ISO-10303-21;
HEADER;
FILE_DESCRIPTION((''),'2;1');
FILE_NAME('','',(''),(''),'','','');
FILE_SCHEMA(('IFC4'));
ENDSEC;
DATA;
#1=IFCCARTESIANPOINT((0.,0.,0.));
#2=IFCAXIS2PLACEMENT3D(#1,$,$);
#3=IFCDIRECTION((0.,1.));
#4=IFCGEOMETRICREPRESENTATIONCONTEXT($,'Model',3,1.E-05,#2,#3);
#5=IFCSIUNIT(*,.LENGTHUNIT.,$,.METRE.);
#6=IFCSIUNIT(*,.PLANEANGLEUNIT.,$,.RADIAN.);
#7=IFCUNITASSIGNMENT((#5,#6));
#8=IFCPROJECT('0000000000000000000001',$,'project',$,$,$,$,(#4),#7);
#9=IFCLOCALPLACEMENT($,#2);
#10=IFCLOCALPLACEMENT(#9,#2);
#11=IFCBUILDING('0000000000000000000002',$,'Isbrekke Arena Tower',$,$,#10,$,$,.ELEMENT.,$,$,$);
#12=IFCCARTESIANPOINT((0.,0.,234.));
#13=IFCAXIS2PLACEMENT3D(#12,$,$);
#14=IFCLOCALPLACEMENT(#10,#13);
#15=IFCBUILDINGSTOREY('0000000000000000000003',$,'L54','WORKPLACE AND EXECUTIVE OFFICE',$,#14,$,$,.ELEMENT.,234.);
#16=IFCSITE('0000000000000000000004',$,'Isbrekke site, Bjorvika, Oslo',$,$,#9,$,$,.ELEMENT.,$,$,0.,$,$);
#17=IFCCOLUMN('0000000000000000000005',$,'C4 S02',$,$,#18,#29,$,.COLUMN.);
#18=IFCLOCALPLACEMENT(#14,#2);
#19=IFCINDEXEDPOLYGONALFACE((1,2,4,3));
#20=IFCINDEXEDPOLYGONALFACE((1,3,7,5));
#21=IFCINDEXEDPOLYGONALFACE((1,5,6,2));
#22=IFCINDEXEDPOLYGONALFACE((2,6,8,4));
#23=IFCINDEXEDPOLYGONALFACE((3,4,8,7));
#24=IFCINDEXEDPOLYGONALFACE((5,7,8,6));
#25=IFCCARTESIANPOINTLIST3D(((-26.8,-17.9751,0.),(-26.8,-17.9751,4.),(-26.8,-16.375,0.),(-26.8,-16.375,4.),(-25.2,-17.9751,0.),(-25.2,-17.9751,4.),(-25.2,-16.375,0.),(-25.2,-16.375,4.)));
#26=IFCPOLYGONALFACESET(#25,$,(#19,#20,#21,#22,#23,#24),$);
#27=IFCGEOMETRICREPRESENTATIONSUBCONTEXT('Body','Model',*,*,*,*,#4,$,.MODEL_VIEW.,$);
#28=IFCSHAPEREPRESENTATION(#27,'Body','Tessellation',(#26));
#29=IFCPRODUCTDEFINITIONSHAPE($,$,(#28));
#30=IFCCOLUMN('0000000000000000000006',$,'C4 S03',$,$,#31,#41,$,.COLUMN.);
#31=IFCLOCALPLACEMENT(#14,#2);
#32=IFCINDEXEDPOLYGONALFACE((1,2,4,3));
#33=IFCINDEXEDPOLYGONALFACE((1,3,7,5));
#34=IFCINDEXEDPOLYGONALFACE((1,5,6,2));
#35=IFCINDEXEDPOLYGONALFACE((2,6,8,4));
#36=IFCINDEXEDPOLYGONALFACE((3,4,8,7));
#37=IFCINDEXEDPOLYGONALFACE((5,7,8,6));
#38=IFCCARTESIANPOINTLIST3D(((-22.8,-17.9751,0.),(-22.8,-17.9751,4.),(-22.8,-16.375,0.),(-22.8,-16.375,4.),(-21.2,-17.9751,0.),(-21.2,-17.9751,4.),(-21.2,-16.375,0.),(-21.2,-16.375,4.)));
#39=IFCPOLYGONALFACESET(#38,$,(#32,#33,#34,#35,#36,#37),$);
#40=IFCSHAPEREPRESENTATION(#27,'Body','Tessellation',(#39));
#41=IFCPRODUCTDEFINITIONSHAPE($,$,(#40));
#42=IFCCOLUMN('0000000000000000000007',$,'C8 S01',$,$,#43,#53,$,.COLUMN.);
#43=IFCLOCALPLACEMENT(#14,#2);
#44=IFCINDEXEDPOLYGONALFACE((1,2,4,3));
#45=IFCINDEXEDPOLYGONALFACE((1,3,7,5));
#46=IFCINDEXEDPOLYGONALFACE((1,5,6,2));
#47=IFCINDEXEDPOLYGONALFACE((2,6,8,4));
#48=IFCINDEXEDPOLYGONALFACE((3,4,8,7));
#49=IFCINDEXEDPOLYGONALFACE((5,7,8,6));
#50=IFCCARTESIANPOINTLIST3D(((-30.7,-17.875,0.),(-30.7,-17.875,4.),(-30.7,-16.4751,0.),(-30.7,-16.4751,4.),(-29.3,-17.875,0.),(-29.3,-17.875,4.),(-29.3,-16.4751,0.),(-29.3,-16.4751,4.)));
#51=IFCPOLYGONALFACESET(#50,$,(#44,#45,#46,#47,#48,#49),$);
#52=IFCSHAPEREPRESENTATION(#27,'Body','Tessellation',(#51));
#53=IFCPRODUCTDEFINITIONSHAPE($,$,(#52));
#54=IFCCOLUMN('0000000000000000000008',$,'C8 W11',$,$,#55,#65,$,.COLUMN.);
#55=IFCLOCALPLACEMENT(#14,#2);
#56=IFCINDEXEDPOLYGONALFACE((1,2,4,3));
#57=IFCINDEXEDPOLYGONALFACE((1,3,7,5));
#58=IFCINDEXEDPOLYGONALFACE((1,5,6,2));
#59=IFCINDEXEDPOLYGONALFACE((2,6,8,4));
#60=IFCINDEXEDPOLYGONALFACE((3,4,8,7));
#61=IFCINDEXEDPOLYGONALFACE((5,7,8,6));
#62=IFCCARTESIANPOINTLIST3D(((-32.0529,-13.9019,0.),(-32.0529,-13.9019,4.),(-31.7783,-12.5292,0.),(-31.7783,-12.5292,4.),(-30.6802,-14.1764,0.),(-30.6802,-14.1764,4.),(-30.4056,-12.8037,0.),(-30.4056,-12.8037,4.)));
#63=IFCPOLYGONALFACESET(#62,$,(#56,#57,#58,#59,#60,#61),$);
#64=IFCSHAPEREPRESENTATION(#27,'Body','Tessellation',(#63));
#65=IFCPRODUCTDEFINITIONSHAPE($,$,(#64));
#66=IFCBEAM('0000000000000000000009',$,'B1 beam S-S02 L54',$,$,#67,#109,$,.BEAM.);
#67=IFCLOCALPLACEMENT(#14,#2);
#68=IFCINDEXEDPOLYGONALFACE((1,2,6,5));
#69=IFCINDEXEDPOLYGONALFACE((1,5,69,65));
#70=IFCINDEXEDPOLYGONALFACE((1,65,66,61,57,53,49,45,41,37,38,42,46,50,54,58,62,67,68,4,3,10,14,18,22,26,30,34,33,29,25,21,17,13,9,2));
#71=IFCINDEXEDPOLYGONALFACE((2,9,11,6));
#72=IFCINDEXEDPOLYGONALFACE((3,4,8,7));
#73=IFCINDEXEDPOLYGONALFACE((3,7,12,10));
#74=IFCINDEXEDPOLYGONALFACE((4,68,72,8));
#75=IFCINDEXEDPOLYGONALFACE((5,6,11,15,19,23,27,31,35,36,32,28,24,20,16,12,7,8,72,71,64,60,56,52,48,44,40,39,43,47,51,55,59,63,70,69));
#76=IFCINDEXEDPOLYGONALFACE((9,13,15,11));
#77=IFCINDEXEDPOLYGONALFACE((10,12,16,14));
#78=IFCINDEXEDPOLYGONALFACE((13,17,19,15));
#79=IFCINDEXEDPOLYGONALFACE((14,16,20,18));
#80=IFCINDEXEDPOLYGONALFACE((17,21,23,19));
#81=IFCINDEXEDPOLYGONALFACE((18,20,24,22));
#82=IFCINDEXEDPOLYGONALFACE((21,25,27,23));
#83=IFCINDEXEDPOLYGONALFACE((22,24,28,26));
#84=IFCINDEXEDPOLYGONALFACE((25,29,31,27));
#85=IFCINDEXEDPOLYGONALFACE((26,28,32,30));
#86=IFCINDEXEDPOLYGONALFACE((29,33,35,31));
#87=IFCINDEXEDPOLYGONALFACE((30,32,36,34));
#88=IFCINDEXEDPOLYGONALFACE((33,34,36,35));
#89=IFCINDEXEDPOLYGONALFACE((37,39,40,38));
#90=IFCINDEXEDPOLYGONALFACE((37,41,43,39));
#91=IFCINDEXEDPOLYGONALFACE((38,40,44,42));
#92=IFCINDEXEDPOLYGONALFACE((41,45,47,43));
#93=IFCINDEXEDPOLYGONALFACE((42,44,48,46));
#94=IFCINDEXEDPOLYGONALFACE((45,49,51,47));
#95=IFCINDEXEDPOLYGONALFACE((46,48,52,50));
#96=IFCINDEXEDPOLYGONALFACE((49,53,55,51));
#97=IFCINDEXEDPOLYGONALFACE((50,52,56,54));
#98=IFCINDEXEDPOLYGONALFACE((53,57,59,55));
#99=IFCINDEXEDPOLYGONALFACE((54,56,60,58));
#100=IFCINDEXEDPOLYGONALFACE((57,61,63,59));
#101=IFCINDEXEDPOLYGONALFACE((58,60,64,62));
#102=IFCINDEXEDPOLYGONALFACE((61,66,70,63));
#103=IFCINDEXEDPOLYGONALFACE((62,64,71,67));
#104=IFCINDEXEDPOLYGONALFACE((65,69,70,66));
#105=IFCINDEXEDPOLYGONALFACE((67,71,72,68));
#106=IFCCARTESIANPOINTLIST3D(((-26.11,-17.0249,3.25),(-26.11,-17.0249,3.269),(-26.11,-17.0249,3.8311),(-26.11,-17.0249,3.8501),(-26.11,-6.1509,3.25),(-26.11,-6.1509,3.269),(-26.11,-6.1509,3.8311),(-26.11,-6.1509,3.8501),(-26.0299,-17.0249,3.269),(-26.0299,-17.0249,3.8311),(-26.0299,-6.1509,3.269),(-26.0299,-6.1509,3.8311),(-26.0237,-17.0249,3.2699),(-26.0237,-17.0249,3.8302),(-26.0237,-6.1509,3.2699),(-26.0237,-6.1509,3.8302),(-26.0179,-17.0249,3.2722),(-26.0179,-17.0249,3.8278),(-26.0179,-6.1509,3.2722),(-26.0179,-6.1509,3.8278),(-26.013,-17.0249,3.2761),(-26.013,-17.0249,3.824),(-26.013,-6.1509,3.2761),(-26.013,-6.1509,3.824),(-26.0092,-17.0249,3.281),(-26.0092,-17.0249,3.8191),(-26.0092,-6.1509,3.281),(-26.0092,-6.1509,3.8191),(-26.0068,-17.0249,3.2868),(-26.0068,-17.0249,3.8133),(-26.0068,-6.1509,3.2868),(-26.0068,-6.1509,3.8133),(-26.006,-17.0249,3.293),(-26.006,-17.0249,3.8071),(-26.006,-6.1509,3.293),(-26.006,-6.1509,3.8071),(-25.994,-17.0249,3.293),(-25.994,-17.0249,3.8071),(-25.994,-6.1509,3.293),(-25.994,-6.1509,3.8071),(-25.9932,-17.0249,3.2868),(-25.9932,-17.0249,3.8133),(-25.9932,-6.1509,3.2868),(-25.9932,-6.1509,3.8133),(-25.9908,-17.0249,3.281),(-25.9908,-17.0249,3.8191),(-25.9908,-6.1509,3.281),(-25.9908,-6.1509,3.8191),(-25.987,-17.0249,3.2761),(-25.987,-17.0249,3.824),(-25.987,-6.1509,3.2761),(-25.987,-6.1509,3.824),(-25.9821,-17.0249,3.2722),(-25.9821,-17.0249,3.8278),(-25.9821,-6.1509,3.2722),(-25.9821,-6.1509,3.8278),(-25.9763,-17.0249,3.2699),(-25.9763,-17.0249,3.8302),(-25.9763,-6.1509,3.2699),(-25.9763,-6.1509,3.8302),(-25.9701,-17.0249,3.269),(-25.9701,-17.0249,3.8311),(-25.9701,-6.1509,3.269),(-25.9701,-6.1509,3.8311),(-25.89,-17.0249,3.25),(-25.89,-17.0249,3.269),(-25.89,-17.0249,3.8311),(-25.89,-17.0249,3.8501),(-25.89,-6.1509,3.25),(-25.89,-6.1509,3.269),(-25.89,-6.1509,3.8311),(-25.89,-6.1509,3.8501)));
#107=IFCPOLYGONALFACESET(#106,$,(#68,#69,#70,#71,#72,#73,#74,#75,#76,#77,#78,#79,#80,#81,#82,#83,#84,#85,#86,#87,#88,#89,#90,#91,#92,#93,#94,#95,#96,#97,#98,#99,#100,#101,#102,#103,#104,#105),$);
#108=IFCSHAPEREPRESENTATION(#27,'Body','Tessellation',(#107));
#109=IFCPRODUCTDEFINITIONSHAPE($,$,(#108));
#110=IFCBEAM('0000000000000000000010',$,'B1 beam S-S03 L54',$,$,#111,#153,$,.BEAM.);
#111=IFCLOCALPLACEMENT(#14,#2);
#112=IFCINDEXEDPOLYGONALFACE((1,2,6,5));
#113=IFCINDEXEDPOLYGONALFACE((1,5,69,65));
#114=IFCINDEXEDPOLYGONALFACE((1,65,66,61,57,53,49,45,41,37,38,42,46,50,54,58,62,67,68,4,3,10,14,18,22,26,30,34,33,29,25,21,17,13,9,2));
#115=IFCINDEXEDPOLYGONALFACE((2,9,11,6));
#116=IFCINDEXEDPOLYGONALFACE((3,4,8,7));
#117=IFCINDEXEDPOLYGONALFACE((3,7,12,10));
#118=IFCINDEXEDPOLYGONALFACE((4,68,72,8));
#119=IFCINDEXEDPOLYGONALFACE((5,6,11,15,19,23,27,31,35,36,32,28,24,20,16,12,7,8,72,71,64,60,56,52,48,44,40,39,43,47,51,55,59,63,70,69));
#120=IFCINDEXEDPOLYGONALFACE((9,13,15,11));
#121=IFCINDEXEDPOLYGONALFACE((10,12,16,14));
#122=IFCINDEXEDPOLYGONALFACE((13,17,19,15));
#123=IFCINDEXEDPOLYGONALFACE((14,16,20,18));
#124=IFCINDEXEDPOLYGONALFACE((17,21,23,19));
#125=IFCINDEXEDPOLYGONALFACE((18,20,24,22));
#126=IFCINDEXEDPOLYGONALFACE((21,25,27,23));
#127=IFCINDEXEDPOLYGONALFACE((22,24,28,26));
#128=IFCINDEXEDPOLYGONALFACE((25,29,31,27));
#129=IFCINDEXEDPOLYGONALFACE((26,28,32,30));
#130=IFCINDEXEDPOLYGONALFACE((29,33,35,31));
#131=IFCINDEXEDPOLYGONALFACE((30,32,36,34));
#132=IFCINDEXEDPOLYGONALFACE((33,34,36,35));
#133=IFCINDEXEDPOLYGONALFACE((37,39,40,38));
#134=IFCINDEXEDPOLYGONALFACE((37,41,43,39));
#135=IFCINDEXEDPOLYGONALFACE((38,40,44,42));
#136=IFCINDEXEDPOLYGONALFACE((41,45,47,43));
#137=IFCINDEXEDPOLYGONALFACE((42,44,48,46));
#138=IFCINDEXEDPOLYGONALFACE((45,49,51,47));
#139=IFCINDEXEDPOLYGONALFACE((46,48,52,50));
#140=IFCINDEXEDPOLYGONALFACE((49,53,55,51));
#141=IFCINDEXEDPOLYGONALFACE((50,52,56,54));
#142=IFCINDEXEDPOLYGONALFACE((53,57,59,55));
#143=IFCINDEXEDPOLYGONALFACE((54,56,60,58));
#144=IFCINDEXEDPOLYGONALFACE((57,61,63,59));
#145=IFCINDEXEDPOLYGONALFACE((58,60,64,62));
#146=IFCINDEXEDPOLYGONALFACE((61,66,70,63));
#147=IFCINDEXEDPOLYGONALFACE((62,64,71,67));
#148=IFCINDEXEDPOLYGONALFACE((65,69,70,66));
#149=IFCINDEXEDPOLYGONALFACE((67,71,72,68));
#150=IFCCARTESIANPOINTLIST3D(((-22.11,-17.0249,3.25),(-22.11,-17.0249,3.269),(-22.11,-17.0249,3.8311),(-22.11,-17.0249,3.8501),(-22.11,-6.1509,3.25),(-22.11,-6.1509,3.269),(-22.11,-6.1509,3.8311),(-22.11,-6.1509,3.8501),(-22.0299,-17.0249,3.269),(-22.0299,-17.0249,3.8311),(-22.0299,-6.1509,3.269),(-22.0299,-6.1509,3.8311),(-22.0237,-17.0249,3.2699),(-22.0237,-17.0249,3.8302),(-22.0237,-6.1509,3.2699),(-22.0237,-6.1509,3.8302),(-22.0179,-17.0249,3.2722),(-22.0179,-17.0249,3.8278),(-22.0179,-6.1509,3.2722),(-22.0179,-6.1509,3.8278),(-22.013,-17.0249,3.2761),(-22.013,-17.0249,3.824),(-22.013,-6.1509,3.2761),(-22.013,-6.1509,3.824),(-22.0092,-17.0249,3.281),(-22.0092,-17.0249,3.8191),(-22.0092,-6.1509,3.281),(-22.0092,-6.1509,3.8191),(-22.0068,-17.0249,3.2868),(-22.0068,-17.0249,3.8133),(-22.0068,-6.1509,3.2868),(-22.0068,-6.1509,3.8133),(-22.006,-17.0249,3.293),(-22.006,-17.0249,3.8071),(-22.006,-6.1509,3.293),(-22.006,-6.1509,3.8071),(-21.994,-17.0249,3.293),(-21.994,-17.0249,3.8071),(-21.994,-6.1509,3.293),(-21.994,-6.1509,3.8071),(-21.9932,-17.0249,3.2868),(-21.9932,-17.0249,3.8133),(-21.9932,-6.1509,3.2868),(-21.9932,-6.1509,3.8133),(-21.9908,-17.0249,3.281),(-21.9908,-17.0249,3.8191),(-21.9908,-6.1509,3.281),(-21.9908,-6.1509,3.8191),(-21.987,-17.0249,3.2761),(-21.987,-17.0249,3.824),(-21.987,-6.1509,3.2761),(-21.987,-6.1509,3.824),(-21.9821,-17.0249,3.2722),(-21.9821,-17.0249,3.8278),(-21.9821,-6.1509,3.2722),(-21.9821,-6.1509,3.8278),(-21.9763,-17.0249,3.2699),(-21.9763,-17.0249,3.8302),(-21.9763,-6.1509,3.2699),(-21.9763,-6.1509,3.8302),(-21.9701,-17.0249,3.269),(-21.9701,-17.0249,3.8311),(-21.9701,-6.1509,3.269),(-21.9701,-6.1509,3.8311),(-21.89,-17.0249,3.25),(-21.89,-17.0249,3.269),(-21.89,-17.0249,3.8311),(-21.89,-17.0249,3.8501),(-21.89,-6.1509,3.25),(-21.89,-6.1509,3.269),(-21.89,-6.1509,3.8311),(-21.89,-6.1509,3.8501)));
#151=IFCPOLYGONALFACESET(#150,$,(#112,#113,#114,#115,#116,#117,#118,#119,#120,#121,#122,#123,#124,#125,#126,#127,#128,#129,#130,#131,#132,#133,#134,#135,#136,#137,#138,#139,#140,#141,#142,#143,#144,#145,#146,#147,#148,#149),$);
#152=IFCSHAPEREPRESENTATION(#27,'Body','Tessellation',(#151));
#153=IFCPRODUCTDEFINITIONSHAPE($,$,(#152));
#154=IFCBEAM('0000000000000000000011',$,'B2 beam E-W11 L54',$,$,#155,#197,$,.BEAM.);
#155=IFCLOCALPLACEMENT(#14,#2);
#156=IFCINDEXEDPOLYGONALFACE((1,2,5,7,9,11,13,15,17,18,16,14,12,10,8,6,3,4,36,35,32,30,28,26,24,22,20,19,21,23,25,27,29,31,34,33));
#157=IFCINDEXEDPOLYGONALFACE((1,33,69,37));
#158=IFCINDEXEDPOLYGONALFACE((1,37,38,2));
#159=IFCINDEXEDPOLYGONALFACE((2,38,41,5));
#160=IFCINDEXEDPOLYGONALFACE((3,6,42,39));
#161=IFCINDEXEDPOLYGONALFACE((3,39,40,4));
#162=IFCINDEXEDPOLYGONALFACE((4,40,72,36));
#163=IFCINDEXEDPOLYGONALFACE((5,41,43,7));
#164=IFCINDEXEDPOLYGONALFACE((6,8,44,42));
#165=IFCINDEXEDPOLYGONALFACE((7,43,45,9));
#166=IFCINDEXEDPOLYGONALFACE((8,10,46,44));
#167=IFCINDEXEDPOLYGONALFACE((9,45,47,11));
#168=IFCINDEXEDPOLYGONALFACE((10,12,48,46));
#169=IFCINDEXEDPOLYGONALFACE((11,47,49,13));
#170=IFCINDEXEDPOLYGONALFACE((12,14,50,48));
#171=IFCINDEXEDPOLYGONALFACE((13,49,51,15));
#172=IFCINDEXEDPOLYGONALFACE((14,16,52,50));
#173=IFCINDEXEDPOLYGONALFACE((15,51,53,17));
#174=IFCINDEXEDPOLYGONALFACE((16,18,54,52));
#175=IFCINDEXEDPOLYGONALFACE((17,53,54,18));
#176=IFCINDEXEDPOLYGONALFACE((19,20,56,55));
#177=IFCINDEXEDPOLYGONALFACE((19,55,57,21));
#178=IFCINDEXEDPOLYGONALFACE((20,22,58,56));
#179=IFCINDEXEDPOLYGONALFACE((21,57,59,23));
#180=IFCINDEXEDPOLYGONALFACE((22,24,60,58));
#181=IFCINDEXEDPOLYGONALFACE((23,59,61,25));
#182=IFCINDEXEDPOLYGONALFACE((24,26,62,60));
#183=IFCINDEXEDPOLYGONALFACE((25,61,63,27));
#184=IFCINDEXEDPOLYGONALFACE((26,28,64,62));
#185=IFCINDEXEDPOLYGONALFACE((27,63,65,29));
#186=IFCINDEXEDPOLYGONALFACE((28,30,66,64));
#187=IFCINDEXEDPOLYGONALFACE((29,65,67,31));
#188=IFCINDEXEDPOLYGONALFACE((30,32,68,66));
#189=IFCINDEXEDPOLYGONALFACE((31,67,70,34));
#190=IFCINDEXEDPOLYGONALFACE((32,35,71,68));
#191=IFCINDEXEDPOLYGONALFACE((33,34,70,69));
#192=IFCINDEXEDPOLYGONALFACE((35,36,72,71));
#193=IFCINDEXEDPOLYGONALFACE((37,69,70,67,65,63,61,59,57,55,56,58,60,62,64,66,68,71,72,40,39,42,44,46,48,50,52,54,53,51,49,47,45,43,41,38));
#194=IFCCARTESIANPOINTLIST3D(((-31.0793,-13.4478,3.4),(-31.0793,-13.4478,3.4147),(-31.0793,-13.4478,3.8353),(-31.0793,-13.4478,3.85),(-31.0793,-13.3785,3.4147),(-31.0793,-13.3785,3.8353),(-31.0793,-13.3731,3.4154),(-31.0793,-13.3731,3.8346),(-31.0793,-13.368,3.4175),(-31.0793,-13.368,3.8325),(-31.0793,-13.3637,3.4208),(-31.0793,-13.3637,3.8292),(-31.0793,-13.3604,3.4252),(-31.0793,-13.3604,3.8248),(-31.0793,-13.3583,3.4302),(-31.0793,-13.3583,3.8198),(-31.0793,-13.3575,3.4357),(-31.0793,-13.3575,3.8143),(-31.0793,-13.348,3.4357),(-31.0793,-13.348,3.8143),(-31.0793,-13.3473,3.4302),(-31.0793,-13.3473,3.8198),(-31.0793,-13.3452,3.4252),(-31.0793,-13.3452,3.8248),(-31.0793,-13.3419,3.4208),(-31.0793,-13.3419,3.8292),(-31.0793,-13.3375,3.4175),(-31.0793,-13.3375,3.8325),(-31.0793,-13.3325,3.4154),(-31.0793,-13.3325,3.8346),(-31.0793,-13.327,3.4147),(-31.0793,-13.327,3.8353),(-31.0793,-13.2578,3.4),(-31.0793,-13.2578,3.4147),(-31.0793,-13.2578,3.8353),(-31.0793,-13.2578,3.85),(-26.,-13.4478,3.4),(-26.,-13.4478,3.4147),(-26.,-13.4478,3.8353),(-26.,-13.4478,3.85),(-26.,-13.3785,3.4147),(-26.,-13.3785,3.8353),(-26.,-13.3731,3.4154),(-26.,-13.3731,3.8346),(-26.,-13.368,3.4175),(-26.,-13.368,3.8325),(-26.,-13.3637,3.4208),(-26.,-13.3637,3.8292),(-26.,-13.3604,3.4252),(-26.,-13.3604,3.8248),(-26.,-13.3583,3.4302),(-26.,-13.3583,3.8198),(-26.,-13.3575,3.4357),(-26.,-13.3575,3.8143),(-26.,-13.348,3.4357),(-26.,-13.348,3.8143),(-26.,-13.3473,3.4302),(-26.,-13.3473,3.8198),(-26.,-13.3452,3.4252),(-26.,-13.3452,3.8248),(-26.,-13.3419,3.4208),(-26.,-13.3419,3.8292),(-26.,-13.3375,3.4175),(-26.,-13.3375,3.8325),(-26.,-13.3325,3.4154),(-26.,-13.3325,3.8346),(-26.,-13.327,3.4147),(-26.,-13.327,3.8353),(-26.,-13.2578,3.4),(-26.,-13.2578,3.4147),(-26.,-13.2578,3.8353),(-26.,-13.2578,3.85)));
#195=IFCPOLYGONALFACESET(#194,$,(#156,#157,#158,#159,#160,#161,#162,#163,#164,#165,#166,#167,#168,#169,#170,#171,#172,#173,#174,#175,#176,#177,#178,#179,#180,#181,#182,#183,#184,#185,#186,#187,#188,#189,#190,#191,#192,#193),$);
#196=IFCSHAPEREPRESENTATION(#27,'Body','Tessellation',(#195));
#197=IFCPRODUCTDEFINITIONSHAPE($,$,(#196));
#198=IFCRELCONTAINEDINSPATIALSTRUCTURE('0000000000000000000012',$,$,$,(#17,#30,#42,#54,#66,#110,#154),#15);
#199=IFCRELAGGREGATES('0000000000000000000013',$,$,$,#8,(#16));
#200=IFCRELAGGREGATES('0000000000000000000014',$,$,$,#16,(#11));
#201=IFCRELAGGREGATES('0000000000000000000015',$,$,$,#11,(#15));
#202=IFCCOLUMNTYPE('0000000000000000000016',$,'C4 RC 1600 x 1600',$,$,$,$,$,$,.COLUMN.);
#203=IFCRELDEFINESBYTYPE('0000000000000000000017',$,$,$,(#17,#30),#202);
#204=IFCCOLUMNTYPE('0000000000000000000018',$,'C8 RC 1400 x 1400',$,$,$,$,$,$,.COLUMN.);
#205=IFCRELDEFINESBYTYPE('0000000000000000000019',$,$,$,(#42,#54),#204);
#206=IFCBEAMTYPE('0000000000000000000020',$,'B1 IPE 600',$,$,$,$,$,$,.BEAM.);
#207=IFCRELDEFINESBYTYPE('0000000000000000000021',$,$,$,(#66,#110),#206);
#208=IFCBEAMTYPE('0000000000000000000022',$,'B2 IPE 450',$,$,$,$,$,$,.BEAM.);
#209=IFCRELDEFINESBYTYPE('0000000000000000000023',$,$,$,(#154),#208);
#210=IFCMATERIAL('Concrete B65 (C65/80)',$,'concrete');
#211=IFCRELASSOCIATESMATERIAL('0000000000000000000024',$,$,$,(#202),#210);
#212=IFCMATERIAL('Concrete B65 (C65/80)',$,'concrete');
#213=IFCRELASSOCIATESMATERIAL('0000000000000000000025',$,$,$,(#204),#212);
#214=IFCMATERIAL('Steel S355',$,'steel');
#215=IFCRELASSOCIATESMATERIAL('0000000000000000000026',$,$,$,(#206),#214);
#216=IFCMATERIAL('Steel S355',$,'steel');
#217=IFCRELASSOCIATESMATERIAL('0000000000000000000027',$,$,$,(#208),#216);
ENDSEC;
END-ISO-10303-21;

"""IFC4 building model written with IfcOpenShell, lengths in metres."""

from ifc_helpers import new_model, si_unit, direction, frame, origin, origin_2d, place, context, subcontext, project, spatial, rectangle, i_section, extrude, material, material_profile, profile_set, type_object, element, save


model = new_model("IFC4")

# Units and contexts
model_context = context("Model", 3, precision=1e-05, world=origin(), true_north=direction((0.0, 1.0)))
body_context = subcontext(model_context, "Body", "Model", "MODEL_VIEW")
ifc_project = project(units=[si_unit("LENGTHUNIT", "METRE"), si_unit("PLANEANGLEUNIT", "RADIAN")], contexts=[model_context])

# Site, building, storey
site_placement = place(None, origin())
site = spatial("IfcSite", under=ifc_project, at=site_placement, Name="Isbrekke site, Bjorvika, Oslo", CompositionType="ELEMENT", RefElevation=0.0)
building_placement = place(site_placement, origin())
building = spatial("IfcBuilding", under=site, at=building_placement, Name="Isbrekke Arena Tower", CompositionType="ELEMENT")
storey_placement = place(building_placement, frame((0.0, 0.0, 234.0)))
storey = spatial("IfcBuildingStorey", under=building, at=storey_placement, Name="L54", Description="WORKPLACE AND EXECUTIVE OFFICE", CompositionType="ELEMENT", Elevation=234.0)

# Columns
ifc_material_1 = material(Name="Concrete B65 (C65/80)", Category="concrete")
ifc_material_profile_1 = material_profile(ifc_material_1, rectangle(XDim=1.6001, YDim=1.6001, at=origin_2d()), Name="RC 1600x1600")
ifc_profile_set_1 = profile_set([ifc_material_profile_1], Name="Concrete B65 (C65/80)")
column_type_1 = type_object("IfcColumnType", Name="C4 RC 1600 x 1600", PredefinedType="COLUMN", material=ifc_profile_set_1)
for number, where, z_axis, x_axis, name in (
    (1, (-26.0, -17.175, 0.0), (0.0, 0.0, 1.0), (1.0, 0.0, 0.0), "C4 S02"),
    (2, (-22.0, -17.175, 0.0), (0.0, 0.0, 1.0), (1.0, 0.0, 0.0), "C4 S03"),
):
    element("IfcColumn", number, at=place(storey_placement, frame(where, z_axis=z_axis, x_axis=x_axis)), inside=storey, type_object=column_type_1, Name=name, PredefinedType="COLUMN", context=body_context, shape_type="SweptSolid", body=[
        extrude(rectangle(XDim=1.6001, YDim=1.6001, at=origin_2d()), origin(), (0.0, 0.0, 1.0), 4.0),
    ])
ifc_material_2 = material(Name="Concrete B65 (C65/80)", Category="concrete")
ifc_material_profile_2 = material_profile(ifc_material_2, rectangle(XDim=1.3999, YDim=1.3999, at=origin_2d()), Name="RC 1400x1400")
ifc_profile_set_2 = profile_set([ifc_material_profile_2], Name="Concrete B65 (C65/80)")
column_type_2 = type_object("IfcColumnType", Name="C8 RC 1400 x 1400", PredefinedType="COLUMN", material=ifc_profile_set_2)
for number, where, z_axis, x_axis, name in (
    (3, (-30.0, -17.175, 0.0), (0.0, 0.0, 1.0), (1.0, 0.0, 0.0), "C8 S01"),
    (4, (-31.2292, -13.3528, 0.0), (0.0, 0.0, 1.0), (-0.196116, -0.980581, 0.0), "C8 W11"),
):
    element("IfcColumn", number, at=place(storey_placement, frame(where, z_axis=z_axis, x_axis=x_axis)), inside=storey, type_object=column_type_2, Name=name, PredefinedType="COLUMN", context=body_context, shape_type="SweptSolid", body=[
        extrude(rectangle(XDim=1.3999, YDim=1.3999, at=origin_2d()), origin(), (0.0, 0.0, 1.0), 4.0),
    ])

# Beams
ifc_material_3 = material(Name="Steel S355", Category="steel")
ifc_material_profile_3 = material_profile(ifc_material_3, i_section(OverallWidth=0.22, OverallDepth=0.6001, WebThickness=0.012, FlangeThickness=0.019, FilletRadius=0.0239, at=origin_2d()), Name="IPE 600")
ifc_profile_set_3 = profile_set([ifc_material_profile_3], Name="Steel S355")
beam_type_1 = type_object("IfcBeamType", Name="B1 IPE 600", PredefinedType="BEAM", material=ifc_profile_set_3)
for number, where, z_axis, x_axis, name in (
    (5, (-26.0, -17.0249, 3.55), (0.0, 1.0, 0.0), (-1.0, 0.0, 0.0), "B1 beam S-S02 L54"),
    (6, (-22.0, -17.0249, 3.55), (0.0, 1.0, 0.0), (-1.0, 0.0, 0.0), "B1 beam S-S03 L54"),
):
    element("IfcBeam", number, at=place(storey_placement, frame(where, z_axis=z_axis, x_axis=x_axis)), inside=storey, type_object=beam_type_1, Name=name, PredefinedType="BEAM", context=body_context, shape_type="SweptSolid", body=[
        extrude(i_section(OverallWidth=0.22, OverallDepth=0.6001, WebThickness=0.012, FlangeThickness=0.019, FilletRadius=0.0239, at=origin_2d()), origin(), (0.0, 0.0, 1.0), 10.874),
    ])
ifc_material_4 = material(Name="Steel S355", Category="steel")
ifc_material_profile_4 = material_profile(ifc_material_4, i_section(OverallWidth=0.1899, OverallDepth=0.45, WebThickness=0.0095, FlangeThickness=0.0146, FilletRadius=0.021, at=origin_2d()), Name="IPE 450")
ifc_profile_set_4 = profile_set([ifc_material_profile_4], Name="Steel S355")
beam_type_2 = type_object("IfcBeamType", Name="B2 IPE 450", PredefinedType="BEAM", material=ifc_profile_set_4)
beam_1_placement = place(storey_placement, frame((-31.0793, -13.3528, 3.625), z_axis=(1.0, 0.0, 0.0), x_axis=(0.0, 1.0, 0.0)))
element("IfcBeam", 7, at=beam_1_placement, inside=storey, type_object=beam_type_2, Name="B2 beam E-W11 L54", PredefinedType="BEAM", context=body_context, shape_type="SweptSolid", body=[
    extrude(i_section(OverallWidth=0.1899, OverallDepth=0.45, WebThickness=0.0095, FlangeThickness=0.0146, FilletRadius=0.021, at=origin_2d()), origin(), (0.0, 0.0, 1.0), 5.0793),
])

save(model, "model.ifc")
